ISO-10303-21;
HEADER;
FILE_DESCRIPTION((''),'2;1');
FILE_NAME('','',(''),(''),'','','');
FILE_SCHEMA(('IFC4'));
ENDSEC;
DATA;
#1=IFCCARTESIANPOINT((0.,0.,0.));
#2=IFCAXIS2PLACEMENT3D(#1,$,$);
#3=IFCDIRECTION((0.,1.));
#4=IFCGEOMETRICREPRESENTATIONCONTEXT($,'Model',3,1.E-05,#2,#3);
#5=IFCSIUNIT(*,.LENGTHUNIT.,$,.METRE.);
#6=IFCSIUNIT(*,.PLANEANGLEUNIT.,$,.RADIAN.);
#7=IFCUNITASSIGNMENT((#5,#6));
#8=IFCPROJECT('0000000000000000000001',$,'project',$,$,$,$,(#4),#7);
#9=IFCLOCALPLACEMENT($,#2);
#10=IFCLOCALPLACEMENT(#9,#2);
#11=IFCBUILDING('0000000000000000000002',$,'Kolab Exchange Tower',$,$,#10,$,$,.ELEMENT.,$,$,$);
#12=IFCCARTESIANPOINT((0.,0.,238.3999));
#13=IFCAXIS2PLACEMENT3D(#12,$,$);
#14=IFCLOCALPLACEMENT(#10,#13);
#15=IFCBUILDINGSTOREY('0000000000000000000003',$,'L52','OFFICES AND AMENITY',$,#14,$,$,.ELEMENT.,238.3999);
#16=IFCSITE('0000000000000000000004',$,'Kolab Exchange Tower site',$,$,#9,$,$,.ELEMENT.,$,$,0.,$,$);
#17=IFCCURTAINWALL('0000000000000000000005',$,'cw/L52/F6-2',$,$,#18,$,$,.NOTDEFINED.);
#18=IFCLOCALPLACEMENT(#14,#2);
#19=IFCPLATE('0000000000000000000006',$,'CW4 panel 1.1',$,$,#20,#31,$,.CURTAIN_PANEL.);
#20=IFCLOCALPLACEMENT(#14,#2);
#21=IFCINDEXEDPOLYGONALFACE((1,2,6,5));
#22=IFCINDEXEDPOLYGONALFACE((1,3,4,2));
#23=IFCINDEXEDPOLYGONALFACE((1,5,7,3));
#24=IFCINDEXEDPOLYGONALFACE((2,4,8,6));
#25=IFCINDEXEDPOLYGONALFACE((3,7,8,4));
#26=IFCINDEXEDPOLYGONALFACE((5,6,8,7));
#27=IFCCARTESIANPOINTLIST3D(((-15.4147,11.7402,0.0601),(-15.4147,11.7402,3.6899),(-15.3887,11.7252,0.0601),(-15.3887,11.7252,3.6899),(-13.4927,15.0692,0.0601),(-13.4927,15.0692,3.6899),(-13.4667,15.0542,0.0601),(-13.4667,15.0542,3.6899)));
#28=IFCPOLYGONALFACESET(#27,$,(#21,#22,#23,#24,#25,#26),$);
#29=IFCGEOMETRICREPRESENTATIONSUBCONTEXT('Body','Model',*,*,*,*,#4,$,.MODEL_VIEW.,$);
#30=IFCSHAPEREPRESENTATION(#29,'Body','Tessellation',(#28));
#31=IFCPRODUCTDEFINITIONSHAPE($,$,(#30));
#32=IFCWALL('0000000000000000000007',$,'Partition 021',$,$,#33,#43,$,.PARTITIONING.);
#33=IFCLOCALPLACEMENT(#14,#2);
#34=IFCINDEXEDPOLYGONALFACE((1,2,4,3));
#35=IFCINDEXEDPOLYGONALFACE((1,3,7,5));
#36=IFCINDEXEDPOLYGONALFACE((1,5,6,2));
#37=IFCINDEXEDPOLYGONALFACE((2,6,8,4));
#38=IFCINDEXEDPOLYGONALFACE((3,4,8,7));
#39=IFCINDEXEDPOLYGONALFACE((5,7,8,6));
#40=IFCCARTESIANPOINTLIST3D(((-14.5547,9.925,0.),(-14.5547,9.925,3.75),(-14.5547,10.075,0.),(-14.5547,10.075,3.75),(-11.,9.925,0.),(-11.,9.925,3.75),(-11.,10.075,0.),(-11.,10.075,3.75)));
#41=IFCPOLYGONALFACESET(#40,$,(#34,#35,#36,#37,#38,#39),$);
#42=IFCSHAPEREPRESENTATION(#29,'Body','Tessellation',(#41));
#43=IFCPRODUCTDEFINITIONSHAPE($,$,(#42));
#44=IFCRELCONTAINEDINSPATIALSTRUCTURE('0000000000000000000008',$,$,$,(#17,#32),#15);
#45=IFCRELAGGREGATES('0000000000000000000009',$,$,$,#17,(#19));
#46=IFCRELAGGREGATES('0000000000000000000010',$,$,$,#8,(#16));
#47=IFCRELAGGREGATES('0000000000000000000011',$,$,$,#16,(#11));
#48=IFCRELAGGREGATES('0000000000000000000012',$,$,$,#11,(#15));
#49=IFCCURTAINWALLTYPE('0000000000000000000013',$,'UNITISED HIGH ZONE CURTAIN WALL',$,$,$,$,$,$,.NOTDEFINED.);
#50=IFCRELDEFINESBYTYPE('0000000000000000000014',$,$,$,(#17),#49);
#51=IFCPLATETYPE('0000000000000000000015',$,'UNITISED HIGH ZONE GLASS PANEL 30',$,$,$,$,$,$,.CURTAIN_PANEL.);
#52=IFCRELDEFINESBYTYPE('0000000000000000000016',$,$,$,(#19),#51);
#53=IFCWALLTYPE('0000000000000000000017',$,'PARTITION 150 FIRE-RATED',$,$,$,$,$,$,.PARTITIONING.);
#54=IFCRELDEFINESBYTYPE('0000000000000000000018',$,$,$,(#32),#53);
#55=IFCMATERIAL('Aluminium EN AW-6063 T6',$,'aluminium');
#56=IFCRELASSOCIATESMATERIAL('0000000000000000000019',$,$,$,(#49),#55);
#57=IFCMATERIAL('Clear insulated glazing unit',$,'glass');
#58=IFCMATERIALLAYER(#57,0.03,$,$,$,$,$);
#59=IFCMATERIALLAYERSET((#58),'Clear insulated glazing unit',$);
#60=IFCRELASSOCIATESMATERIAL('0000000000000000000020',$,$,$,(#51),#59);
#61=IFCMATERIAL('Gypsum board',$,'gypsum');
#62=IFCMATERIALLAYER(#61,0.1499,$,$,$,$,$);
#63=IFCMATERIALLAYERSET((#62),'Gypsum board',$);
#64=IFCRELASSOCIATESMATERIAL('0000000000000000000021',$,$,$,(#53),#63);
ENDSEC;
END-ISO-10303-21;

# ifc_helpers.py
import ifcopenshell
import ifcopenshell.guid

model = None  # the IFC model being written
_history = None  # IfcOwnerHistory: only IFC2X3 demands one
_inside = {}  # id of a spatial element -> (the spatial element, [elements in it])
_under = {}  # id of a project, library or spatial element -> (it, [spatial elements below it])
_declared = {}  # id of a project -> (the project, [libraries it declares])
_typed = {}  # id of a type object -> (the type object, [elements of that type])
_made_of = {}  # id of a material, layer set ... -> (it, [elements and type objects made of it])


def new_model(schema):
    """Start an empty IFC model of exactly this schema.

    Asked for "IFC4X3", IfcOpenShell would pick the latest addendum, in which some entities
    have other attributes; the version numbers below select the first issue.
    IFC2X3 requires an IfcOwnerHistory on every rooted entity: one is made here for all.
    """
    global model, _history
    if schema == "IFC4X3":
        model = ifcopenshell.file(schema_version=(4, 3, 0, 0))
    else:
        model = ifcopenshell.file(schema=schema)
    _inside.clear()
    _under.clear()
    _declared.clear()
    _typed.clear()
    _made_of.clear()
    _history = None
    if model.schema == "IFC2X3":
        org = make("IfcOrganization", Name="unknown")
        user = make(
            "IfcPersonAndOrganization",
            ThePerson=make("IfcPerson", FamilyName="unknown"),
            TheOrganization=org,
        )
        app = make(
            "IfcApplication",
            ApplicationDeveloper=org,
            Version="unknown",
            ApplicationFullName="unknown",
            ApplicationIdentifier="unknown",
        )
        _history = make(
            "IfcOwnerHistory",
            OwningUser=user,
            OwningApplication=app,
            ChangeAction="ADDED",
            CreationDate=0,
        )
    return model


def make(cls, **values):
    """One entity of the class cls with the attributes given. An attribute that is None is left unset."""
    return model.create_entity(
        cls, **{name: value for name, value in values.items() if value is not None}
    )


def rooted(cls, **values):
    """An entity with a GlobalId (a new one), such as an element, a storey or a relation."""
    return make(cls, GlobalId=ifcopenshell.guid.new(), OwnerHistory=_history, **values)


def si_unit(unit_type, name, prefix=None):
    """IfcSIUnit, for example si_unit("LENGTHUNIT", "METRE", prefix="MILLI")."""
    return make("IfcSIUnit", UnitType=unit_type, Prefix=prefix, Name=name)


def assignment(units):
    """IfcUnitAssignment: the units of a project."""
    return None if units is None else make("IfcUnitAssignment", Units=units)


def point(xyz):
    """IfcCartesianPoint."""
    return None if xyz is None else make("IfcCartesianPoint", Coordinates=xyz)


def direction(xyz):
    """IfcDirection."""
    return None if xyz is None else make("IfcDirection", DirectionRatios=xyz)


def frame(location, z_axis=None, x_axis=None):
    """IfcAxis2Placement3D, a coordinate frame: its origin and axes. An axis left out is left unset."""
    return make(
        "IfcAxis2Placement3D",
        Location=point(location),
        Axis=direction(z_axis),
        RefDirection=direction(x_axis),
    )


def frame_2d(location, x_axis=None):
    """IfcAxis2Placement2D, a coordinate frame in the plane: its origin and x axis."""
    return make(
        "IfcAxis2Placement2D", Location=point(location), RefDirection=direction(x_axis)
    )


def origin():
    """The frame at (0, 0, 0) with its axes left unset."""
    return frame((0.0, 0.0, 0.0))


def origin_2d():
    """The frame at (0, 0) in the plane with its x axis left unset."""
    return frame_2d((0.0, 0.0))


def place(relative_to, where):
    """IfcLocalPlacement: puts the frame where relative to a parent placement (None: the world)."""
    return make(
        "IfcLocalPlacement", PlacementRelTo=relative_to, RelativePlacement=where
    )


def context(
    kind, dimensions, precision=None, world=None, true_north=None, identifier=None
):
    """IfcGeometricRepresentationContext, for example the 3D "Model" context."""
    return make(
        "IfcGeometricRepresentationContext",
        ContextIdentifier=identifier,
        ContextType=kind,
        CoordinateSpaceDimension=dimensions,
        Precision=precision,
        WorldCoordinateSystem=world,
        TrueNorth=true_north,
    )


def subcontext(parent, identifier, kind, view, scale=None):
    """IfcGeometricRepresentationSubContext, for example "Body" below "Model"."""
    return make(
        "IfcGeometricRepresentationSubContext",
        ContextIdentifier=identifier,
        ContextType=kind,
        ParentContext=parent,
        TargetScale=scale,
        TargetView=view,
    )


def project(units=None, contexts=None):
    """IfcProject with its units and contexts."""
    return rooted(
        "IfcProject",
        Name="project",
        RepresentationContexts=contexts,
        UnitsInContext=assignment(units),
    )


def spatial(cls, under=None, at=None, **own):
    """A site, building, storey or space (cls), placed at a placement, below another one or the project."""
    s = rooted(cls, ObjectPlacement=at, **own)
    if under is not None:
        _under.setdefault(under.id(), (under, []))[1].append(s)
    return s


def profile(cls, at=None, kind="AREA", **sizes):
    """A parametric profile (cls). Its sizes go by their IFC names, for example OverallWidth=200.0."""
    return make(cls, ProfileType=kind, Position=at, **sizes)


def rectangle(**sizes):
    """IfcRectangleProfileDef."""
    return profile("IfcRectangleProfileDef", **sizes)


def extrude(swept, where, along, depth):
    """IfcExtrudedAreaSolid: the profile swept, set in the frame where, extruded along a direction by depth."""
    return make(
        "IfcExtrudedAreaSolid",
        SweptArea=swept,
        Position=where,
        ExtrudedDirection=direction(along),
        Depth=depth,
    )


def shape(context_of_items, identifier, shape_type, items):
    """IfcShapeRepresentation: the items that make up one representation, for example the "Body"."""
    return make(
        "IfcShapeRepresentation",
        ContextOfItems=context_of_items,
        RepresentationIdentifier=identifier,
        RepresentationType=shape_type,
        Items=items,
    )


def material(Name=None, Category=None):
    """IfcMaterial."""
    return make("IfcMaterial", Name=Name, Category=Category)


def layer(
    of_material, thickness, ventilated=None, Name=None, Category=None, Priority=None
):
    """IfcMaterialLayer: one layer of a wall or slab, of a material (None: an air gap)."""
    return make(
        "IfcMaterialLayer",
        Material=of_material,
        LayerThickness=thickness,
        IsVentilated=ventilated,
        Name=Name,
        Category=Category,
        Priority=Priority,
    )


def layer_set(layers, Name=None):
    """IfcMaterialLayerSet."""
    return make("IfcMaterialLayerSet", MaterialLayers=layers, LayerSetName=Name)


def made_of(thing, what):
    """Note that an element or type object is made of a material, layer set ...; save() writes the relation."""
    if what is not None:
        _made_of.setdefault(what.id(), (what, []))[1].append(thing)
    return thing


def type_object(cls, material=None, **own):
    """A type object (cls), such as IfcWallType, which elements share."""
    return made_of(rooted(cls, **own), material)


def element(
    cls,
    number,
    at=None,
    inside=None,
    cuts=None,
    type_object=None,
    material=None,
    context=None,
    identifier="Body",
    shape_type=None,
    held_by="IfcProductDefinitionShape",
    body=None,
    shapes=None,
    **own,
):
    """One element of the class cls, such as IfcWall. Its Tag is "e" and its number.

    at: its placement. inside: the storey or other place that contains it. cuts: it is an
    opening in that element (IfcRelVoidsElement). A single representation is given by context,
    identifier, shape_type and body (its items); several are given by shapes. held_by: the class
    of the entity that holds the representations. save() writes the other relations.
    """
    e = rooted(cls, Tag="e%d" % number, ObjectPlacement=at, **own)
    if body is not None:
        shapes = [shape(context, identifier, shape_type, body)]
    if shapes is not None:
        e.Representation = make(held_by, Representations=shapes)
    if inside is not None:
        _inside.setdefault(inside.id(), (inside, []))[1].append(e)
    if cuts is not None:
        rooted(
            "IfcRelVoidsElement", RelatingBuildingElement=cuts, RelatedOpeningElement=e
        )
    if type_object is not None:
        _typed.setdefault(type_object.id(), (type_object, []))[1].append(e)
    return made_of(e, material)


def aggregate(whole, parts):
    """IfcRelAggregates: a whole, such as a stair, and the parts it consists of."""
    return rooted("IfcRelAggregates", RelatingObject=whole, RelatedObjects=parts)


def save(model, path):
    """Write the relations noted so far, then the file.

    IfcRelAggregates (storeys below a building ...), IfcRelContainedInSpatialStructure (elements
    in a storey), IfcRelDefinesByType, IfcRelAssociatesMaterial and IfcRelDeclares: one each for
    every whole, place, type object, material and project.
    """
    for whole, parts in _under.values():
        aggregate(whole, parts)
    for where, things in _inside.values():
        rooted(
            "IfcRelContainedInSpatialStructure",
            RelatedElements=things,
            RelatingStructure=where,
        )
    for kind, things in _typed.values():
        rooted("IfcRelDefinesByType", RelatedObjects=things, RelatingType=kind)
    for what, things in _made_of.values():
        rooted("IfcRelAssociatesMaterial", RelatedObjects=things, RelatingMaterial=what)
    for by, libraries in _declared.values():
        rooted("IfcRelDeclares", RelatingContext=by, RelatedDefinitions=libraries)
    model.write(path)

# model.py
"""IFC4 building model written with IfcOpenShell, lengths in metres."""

from ifc_helpers import new_model, si_unit, direction, frame, frame_2d, origin, origin_2d, place, context, subcontext, project, spatial, rectangle, extrude, material, layer, layer_set, type_object, element, aggregate, save


model = new_model("IFC4")

# Units and contexts
model_context = context("Model", 3, precision=1e-05, world=origin(), true_north=direction((0.0, 1.0)))
body_context = subcontext(model_context, "Body", "Model", "MODEL_VIEW")
ifc_project = project(units=[si_unit("LENGTHUNIT", "METRE"), si_unit("PLANEANGLEUNIT", "RADIAN")], contexts=[model_context])

# Site, building, storey
site_placement = place(None, origin())
site = spatial("IfcSite", under=ifc_project, at=site_placement, Name="Kolab Exchange Tower site", CompositionType="ELEMENT", RefElevation=0.0)
building_placement = place(site_placement, origin())
building = spatial("IfcBuilding", under=site, at=building_placement, Name="Kolab Exchange Tower", CompositionType="ELEMENT")
storey_placement = place(building_placement, frame((0.0, 0.0, 238.3999)))
storey = spatial("IfcBuildingStorey", under=building, at=storey_placement, Name="L52", Description="OFFICES AND AMENITY", CompositionType="ELEMENT", Elevation=238.3999)

# Curtain wall, plate
ifc_material_1 = material(Name="Aluminium EN AW-6063 T6", Category="aluminium")
curtain_wall_type = type_object("IfcCurtainWallType", Name="UNITISED HIGH ZONE CURTAIN WALL", PredefinedType="NOTDEFINED", material=ifc_material_1)
curtain_wall_placement = place(storey_placement, origin())
curtain_wall = element("IfcCurtainWall", 1, at=curtain_wall_placement, inside=storey, type_object=curtain_wall_type, Name="cw/L52/F6-2", PredefinedType="NOTDEFINED")
ifc_material_2 = material(Name="Clear insulated glazing unit", Category="glass")
ifc_layer_1 = layer(ifc_material_2, 0.03)
ifc_layer_set_1 = layer_set([ifc_layer_1], Name="Clear insulated glazing unit")
plate_type = type_object("IfcPlateType", Name="UNITISED HIGH ZONE GLASS PANEL 30", PredefinedType="CURTAIN_PANEL", material=ifc_layer_set_1)
plate_placement = place(storey_placement, frame((-14.4407, 13.3972, 0.0601), z_axis=(0.0, 0.0, 1.0), x_axis=(0.5, 0.866025, 0.0)))
plate = element("IfcPlate", 2, at=plate_placement, type_object=plate_type, Name="CW4 panel 1.1", PredefinedType="CURTAIN_PANEL", context=body_context, shape_type="SweptSolid", body=[
    extrude(rectangle(XDim=3.844, YDim=0.03, at=origin_2d()), origin(), (0.0, 0.0, 1.0), 3.6299),
])
aggregate(curtain_wall, [plate])

# Wall
ifc_material_3 = material(Name="Gypsum board", Category="gypsum")
ifc_layer_2 = layer(ifc_material_3, 0.1499)
ifc_layer_set_2 = layer_set([ifc_layer_2], Name="Gypsum board")
wall_type = type_object("IfcWallType", Name="PARTITION 150 FIRE-RATED", PredefinedType="PARTITIONING", material=ifc_layer_set_2)
wall_1_placement = place(storey_placement, frame((-14.5547, 10.0, 0.0), z_axis=(0.0, 0.0, 1.0), x_axis=(1.0, 0.0, 0.0)))
element("IfcWall", 3, at=wall_1_placement, inside=storey, type_object=wall_type, Name="Partition 021", PredefinedType="PARTITIONING", context=body_context, shape_type="SweptSolid", body=[
    extrude(rectangle(XDim=3.5547, YDim=0.1499, at=frame_2d((1.7773, 0.0))), origin(), (0.0, 0.0, 1.0), 3.75),
])

save(model, "model.ifc")
